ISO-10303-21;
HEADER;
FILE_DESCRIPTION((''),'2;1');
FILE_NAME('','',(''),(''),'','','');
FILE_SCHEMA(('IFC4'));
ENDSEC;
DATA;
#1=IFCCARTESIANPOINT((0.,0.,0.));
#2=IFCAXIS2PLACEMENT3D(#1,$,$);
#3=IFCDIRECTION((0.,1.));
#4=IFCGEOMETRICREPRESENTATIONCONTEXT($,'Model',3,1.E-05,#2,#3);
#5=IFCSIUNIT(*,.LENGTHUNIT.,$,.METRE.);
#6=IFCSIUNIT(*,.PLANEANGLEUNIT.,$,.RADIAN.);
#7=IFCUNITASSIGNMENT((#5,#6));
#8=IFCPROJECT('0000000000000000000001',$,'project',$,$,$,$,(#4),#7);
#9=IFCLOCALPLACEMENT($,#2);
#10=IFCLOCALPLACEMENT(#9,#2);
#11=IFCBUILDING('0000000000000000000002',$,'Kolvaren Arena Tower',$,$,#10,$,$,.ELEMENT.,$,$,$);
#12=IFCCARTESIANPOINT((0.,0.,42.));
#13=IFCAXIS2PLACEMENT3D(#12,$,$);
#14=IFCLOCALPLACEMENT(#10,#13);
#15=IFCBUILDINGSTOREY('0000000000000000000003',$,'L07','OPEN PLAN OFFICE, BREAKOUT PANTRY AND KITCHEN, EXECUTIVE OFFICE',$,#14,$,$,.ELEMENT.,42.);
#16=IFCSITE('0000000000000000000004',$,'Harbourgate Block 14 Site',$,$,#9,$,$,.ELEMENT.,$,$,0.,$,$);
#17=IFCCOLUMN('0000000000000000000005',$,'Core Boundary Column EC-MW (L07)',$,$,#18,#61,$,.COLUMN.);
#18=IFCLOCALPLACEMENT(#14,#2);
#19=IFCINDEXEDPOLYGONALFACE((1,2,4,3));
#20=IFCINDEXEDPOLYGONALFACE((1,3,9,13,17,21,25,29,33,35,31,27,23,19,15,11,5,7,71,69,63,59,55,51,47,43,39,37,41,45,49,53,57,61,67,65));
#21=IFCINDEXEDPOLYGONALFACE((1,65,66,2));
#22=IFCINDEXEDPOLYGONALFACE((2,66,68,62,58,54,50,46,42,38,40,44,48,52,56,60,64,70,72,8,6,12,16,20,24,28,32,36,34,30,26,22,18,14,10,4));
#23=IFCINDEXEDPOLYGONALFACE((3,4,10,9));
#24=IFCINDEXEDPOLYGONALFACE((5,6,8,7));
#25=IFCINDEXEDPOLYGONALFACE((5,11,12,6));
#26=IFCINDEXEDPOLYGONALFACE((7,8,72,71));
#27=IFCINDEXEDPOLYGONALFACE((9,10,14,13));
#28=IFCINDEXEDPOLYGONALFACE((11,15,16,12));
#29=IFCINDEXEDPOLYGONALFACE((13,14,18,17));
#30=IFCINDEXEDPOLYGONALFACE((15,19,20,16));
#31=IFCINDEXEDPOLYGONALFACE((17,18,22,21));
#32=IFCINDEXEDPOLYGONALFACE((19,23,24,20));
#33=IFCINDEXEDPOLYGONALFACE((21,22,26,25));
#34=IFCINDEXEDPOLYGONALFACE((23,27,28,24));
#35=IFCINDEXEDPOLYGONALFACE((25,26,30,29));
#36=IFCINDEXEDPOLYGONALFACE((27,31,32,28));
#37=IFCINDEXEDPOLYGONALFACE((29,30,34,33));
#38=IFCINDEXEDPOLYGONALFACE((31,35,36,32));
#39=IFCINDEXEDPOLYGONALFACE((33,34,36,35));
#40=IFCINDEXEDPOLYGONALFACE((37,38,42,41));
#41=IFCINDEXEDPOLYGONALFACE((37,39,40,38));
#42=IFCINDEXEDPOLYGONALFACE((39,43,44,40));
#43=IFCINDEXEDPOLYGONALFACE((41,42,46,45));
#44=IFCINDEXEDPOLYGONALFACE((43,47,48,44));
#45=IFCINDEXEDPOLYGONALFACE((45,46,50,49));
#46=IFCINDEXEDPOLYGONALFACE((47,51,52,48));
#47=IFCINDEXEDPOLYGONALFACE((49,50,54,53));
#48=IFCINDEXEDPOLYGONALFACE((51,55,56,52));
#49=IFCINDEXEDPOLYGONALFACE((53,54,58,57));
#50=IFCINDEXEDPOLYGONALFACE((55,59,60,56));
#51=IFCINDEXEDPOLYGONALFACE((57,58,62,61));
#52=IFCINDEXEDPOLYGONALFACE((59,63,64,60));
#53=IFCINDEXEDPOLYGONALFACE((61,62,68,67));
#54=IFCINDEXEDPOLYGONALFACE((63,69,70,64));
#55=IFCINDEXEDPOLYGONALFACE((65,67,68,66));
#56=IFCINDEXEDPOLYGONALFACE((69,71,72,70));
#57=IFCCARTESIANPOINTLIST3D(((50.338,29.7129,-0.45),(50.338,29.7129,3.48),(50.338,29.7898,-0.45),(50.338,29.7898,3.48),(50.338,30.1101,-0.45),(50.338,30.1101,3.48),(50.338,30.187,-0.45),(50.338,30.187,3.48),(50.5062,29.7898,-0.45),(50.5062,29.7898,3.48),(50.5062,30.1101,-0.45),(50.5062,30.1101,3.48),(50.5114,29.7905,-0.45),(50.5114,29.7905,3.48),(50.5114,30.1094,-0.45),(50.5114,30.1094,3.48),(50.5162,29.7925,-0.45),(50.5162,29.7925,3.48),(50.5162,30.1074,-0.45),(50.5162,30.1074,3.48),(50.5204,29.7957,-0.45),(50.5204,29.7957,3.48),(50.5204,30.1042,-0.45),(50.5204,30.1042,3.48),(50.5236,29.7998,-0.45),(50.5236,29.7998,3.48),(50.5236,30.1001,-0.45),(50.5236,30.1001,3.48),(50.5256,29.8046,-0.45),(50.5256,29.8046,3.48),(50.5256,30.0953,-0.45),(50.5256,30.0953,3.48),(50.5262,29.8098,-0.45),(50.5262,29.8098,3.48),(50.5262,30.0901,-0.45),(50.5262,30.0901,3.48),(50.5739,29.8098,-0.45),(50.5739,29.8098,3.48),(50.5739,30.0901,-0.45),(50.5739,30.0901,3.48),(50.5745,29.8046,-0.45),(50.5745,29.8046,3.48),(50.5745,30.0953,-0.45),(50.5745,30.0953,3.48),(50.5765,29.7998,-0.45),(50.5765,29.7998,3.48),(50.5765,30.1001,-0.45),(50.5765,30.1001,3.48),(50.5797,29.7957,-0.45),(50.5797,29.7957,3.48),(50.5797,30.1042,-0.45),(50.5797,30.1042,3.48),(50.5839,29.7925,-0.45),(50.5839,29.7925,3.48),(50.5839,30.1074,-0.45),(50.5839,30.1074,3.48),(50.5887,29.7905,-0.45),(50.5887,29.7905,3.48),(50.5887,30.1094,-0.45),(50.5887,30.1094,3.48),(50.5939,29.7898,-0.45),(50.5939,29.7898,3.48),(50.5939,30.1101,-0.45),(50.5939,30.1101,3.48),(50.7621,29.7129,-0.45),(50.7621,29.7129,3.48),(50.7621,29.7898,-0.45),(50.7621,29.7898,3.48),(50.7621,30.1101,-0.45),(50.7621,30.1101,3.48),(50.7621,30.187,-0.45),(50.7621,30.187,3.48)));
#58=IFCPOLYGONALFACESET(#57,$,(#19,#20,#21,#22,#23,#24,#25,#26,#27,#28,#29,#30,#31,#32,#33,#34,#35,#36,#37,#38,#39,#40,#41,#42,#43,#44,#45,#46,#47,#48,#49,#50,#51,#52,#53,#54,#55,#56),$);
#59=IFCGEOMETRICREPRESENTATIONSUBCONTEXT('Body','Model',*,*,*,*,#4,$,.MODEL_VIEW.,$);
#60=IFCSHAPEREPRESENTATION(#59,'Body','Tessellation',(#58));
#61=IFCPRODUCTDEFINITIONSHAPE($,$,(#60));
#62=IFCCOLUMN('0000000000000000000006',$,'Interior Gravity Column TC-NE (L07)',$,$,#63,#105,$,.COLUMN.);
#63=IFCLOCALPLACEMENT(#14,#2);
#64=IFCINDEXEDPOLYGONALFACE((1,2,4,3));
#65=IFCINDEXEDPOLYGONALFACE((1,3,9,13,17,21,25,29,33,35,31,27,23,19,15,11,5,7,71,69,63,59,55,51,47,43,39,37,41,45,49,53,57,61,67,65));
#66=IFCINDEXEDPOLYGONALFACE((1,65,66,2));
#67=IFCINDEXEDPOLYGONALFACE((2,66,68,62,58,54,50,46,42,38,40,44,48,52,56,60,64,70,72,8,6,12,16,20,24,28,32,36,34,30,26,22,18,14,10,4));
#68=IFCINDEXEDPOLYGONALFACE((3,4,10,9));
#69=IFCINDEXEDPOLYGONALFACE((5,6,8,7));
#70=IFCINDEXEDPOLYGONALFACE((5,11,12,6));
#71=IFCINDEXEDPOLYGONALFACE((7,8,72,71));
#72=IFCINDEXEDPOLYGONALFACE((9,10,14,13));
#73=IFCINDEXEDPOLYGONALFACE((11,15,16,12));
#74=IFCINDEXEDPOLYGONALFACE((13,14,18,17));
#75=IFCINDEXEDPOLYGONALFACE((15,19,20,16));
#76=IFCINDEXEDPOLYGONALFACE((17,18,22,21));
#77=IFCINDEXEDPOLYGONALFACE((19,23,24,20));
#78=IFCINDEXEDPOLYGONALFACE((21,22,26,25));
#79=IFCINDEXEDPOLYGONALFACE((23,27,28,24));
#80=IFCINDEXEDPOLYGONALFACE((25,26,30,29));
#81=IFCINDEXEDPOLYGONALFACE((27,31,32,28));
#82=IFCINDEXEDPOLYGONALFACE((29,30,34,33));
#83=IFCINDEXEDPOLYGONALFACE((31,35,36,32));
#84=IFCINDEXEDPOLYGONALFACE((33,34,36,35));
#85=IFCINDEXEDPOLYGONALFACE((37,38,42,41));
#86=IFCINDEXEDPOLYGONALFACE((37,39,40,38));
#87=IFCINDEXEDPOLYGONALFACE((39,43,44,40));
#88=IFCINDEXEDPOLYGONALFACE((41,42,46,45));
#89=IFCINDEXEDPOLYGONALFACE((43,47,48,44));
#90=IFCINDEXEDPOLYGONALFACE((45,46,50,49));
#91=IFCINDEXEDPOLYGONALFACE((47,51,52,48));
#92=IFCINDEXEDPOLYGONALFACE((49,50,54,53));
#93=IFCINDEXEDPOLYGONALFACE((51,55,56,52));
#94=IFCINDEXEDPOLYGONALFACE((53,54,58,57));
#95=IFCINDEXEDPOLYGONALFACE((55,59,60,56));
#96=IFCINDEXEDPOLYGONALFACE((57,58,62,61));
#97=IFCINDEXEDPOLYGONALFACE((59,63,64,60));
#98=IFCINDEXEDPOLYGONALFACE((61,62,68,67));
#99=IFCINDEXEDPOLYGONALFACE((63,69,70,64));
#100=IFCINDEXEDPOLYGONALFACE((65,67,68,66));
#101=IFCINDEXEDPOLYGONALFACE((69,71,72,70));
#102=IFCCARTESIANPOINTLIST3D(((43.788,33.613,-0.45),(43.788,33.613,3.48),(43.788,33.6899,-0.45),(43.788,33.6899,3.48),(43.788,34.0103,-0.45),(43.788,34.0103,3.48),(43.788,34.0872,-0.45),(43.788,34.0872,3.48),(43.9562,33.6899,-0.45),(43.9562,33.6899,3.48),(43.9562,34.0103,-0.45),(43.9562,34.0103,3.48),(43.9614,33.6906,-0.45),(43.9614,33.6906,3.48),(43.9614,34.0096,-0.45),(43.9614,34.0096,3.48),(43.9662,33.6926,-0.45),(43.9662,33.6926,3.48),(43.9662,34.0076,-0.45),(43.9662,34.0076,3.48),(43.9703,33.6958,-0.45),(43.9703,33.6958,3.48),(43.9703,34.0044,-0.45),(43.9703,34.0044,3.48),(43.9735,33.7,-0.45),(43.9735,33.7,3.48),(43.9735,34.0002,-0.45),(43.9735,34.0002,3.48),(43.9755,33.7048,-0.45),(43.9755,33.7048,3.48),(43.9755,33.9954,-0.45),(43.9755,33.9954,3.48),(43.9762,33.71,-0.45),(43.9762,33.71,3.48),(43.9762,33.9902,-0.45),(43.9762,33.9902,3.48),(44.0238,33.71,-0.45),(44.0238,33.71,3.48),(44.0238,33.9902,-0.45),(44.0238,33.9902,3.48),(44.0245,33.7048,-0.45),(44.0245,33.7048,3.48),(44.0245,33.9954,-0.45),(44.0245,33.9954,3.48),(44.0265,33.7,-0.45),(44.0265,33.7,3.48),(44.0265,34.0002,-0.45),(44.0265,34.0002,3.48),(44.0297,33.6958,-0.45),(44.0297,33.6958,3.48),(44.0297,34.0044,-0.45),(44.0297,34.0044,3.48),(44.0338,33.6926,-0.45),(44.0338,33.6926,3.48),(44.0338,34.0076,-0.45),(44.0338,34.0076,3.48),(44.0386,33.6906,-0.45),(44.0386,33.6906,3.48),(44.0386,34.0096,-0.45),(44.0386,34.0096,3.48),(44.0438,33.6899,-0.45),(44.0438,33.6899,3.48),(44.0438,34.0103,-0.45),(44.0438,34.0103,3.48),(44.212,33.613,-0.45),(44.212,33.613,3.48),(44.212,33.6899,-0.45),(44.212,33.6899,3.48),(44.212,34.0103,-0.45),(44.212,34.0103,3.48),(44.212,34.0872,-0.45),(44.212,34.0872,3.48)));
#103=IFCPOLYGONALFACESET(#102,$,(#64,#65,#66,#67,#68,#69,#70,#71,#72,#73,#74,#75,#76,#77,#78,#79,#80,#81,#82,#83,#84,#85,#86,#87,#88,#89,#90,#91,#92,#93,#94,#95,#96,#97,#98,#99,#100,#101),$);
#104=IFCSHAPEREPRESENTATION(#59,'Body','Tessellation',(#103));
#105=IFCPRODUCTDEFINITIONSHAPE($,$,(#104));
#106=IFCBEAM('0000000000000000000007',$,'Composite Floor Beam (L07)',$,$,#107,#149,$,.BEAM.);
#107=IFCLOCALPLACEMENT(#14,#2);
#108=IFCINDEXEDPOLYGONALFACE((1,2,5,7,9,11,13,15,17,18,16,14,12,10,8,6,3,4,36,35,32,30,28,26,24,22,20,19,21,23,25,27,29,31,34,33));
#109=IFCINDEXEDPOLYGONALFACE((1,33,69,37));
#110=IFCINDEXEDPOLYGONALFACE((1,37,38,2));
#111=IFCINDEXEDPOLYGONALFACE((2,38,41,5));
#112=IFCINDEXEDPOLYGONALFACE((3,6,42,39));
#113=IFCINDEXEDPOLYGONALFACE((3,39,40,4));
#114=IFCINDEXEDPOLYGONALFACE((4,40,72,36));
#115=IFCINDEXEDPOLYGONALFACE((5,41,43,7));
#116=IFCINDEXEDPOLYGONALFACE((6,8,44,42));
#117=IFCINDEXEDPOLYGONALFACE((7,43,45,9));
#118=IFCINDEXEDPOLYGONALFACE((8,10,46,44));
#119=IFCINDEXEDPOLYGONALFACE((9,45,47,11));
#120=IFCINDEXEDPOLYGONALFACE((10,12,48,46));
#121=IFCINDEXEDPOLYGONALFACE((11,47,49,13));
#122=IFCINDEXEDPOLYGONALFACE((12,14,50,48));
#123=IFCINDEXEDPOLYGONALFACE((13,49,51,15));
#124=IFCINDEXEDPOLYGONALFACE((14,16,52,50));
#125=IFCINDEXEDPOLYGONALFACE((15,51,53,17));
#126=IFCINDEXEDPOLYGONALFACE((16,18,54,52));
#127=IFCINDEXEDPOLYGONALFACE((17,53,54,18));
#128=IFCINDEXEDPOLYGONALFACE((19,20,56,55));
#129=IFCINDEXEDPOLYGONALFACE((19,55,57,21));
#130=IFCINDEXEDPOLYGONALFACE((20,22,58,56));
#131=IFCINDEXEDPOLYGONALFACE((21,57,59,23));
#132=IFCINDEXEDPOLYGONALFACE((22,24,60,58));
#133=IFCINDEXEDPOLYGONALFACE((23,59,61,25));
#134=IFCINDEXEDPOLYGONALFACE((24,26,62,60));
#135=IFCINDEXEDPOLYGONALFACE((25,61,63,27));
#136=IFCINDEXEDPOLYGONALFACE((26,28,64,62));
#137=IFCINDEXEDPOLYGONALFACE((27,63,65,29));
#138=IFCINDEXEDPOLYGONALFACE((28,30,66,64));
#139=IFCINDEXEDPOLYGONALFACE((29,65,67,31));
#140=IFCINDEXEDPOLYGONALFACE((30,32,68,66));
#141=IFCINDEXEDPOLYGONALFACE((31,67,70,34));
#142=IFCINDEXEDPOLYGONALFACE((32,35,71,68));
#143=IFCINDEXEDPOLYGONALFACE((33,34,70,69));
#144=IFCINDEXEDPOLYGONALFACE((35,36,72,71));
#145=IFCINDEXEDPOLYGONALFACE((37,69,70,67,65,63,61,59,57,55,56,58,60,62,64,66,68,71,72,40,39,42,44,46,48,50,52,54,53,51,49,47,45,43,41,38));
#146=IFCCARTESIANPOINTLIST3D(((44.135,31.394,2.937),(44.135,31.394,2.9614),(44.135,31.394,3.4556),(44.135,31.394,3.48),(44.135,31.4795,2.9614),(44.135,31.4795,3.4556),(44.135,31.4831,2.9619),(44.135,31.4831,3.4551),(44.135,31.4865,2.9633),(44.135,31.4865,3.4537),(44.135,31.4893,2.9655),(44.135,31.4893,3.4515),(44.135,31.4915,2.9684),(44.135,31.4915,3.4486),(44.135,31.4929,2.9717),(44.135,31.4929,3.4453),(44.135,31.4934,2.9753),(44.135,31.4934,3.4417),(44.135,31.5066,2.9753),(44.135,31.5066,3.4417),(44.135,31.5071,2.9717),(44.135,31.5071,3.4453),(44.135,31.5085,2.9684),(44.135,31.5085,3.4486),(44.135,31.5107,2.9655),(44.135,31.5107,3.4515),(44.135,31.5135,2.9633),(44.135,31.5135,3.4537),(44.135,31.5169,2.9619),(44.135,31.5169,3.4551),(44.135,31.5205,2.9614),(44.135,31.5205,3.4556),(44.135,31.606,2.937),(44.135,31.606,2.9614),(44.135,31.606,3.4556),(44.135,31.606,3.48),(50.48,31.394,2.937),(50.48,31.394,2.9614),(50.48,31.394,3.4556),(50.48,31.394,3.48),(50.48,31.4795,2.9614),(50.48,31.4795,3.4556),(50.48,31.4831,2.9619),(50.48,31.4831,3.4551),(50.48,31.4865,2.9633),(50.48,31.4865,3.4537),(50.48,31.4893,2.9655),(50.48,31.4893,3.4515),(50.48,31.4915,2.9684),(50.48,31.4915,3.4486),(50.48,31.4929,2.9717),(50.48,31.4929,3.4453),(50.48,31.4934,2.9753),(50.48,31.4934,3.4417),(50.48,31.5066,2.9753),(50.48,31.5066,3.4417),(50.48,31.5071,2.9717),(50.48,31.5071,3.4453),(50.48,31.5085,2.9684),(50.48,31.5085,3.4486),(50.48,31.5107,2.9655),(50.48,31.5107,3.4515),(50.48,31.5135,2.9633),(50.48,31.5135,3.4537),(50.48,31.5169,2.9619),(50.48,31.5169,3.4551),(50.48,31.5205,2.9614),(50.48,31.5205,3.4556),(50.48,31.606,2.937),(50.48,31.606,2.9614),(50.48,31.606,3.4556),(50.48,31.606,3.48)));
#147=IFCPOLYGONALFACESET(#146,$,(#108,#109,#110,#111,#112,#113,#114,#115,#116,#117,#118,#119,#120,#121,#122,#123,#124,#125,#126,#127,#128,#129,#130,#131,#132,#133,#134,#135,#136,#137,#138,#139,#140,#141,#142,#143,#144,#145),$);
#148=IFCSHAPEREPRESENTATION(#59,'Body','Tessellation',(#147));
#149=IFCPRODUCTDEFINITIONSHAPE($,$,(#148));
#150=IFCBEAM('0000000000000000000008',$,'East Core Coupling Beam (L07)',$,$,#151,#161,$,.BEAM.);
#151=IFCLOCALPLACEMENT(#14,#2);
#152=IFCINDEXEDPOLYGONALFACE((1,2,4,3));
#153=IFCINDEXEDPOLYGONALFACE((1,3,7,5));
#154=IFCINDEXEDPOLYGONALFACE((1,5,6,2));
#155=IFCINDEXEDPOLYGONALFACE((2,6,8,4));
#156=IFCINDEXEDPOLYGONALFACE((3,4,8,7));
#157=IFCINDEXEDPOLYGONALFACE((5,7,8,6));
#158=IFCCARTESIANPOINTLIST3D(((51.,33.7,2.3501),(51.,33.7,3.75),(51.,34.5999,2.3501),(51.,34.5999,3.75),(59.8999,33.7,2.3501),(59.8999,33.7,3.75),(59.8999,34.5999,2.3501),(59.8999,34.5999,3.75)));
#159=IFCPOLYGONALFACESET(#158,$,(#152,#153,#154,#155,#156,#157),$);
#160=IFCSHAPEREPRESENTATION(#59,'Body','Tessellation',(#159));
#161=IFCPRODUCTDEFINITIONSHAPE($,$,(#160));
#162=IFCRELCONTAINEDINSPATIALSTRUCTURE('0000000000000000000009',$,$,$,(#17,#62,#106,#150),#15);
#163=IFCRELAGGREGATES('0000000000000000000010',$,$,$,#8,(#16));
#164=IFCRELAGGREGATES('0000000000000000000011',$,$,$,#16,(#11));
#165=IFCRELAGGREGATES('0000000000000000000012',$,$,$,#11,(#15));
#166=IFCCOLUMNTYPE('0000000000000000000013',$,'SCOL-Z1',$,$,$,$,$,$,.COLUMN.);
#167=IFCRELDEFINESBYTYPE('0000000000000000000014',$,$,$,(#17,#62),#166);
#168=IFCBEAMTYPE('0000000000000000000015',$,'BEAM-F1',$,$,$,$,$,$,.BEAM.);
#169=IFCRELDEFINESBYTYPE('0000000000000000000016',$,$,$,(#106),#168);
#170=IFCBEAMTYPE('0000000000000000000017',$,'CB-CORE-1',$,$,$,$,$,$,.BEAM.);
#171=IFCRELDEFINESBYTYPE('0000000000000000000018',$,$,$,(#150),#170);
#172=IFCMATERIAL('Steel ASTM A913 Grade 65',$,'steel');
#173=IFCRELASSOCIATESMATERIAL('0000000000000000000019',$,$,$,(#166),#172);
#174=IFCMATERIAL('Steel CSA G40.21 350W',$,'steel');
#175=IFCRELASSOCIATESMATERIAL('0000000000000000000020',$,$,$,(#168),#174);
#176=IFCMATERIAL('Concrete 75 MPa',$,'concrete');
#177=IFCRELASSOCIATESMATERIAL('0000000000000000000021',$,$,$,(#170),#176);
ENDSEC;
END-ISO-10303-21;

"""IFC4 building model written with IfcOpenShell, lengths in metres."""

from ifc_helpers import new_model, si_unit, direction, frame, origin, origin_2d, place, context, subcontext, project, spatial, rectangle, i_section, extrude, material, material_profile, profile_set, type_object, element, save


model = new_model("IFC4")

# Units and contexts
model_context = context("Model", 3, precision=1e-05, world=origin(), true_north=direction((0.0, 1.0)))
body_context = subcontext(model_context, "Body", "Model", "MODEL_VIEW")
ifc_project = project(units=[si_unit("LENGTHUNIT", "METRE"), si_unit("PLANEANGLEUNIT", "RADIAN")], contexts=[model_context])

# Site, building, storey
site_placement = place(None, origin())
site = spatial("IfcSite", under=ifc_project, at=site_placement, Name="Harbourgate Block 14 Site", CompositionType="ELEMENT", RefElevation=0.0)
building_placement = place(site_placement, origin())
building = spatial("IfcBuilding", under=site, at=building_placement, Name="Kolvaren Arena Tower", CompositionType="ELEMENT")
storey_placement = place(building_placement, frame((0.0, 0.0, 42.0)))
storey = spatial("IfcBuildingStorey", under=building, at=storey_placement, Name="L07", Description="OPEN PLAN OFFICE, BREAKOUT PANTRY AND KITCHEN, EXECUTIVE OFFICE", CompositionType="ELEMENT", Elevation=42.0)

# Columns
ifc_material_1 = material(Name="Steel ASTM A913 Grade 65", Category="steel")
ifc_material_profile_1 = material_profile(ifc_material_1, i_section(OverallWidth=0.4241, OverallDepth=0.4741, WebThickness=0.0476, FlangeThickness=0.0769, FilletRadius=0.02, at=origin_2d()), Name="W360x634")
ifc_profile_set_1 = profile_set([ifc_material_profile_1], Name="Steel ASTM A913 Grade 65")
column_type = type_object("IfcColumnType", Name="SCOL-Z1", PredefinedType="COLUMN", material=ifc_profile_set_1)
for number, where, z_axis, x_axis, name in (
    (1, (50.55, 29.95, -0.45), (0.0, 0.0, 1.0), (1.0, 0.0, 0.0), "Core Boundary Column EC-MW (L07)"),
    (2, (44.0, 33.8501, -0.45), (0.0, 0.0, 1.0), (1.0, 0.0, 0.0), "Interior Gravity Column TC-NE (L07)"),
):
    element("IfcColumn", number, at=place(storey_placement, frame(where, z_axis=z_axis, x_axis=x_axis)), inside=storey, type_object=column_type, Name=name, PredefinedType="COLUMN", context=body_context, shape_type="SweptSolid", body=[
        extrude(i_section(OverallWidth=0.4241, OverallDepth=0.4741, WebThickness=0.0476, FlangeThickness=0.0769, FilletRadius=0.02, at=origin_2d()), origin(), (0.0, 0.0, 1.0), 3.9299),
    ])

# Beams
ifc_material_2 = material(Name="Steel CSA G40.21 350W", Category="steel")
ifc_material_profile_2 = material_profile(ifc_material_2, i_section(OverallWidth=0.2119, OverallDepth=0.543, WebThickness=0.0132, FlangeThickness=0.0244, FilletRadius=0.0139, at=origin_2d()), Name="W530x150")
ifc_profile_set_2 = profile_set([ifc_material_profile_2], Name="Steel CSA G40.21 350W")
beam_type_1 = type_object("IfcBeamType", Name="BEAM-F1", PredefinedType="BEAM", material=ifc_profile_set_2)
beam_1_placement = place(storey_placement, frame((44.135, 31.5, 3.2085), z_axis=(1.0, 0.0, 0.0), x_axis=(0.0, 1.0, 0.0)))
element("IfcBeam", 3, at=beam_1_placement, inside=storey, type_object=beam_type_1, Name="Composite Floor Beam (L07)", PredefinedType="BEAM", context=body_context, shape_type="SweptSolid", body=[
    extrude(i_section(OverallWidth=0.2119, OverallDepth=0.543, WebThickness=0.0132, FlangeThickness=0.0244, FilletRadius=0.0139, at=origin_2d()), origin(), (0.0, 0.0, 1.0), 6.345),
])
ifc_material_3 = material(Name="Concrete 75 MPa", Category="concrete")
ifc_material_profile_3 = material_profile(ifc_material_3, rectangle(XDim=0.8999, YDim=1.3999, at=origin_2d()), Name="RC-900x1400")
ifc_profile_set_3 = profile_set([ifc_material_profile_3], Name="Concrete 75 MPa")
beam_type_2 = type_object("IfcBeamType", Name="CB-CORE-1", PredefinedType="BEAM", material=ifc_profile_set_3)
beam_2_placement = place(storey_placement, frame((51.0, 34.1499, 3.05), z_axis=(1.0, 0.0, 0.0), x_axis=(0.0, 1.0, 0.0)))
element("IfcBeam", 4, at=beam_2_placement, inside=storey, type_object=beam_type_2, Name="East Core Coupling Beam (L07)", PredefinedType="BEAM", context=body_context, shape_type="SweptSolid", body=[
    extrude(rectangle(XDim=0.8999, YDim=1.3999, at=origin_2d()), origin(), (0.0, 0.0, 1.0), 8.8999),
])

save(model, "model.ifc")
